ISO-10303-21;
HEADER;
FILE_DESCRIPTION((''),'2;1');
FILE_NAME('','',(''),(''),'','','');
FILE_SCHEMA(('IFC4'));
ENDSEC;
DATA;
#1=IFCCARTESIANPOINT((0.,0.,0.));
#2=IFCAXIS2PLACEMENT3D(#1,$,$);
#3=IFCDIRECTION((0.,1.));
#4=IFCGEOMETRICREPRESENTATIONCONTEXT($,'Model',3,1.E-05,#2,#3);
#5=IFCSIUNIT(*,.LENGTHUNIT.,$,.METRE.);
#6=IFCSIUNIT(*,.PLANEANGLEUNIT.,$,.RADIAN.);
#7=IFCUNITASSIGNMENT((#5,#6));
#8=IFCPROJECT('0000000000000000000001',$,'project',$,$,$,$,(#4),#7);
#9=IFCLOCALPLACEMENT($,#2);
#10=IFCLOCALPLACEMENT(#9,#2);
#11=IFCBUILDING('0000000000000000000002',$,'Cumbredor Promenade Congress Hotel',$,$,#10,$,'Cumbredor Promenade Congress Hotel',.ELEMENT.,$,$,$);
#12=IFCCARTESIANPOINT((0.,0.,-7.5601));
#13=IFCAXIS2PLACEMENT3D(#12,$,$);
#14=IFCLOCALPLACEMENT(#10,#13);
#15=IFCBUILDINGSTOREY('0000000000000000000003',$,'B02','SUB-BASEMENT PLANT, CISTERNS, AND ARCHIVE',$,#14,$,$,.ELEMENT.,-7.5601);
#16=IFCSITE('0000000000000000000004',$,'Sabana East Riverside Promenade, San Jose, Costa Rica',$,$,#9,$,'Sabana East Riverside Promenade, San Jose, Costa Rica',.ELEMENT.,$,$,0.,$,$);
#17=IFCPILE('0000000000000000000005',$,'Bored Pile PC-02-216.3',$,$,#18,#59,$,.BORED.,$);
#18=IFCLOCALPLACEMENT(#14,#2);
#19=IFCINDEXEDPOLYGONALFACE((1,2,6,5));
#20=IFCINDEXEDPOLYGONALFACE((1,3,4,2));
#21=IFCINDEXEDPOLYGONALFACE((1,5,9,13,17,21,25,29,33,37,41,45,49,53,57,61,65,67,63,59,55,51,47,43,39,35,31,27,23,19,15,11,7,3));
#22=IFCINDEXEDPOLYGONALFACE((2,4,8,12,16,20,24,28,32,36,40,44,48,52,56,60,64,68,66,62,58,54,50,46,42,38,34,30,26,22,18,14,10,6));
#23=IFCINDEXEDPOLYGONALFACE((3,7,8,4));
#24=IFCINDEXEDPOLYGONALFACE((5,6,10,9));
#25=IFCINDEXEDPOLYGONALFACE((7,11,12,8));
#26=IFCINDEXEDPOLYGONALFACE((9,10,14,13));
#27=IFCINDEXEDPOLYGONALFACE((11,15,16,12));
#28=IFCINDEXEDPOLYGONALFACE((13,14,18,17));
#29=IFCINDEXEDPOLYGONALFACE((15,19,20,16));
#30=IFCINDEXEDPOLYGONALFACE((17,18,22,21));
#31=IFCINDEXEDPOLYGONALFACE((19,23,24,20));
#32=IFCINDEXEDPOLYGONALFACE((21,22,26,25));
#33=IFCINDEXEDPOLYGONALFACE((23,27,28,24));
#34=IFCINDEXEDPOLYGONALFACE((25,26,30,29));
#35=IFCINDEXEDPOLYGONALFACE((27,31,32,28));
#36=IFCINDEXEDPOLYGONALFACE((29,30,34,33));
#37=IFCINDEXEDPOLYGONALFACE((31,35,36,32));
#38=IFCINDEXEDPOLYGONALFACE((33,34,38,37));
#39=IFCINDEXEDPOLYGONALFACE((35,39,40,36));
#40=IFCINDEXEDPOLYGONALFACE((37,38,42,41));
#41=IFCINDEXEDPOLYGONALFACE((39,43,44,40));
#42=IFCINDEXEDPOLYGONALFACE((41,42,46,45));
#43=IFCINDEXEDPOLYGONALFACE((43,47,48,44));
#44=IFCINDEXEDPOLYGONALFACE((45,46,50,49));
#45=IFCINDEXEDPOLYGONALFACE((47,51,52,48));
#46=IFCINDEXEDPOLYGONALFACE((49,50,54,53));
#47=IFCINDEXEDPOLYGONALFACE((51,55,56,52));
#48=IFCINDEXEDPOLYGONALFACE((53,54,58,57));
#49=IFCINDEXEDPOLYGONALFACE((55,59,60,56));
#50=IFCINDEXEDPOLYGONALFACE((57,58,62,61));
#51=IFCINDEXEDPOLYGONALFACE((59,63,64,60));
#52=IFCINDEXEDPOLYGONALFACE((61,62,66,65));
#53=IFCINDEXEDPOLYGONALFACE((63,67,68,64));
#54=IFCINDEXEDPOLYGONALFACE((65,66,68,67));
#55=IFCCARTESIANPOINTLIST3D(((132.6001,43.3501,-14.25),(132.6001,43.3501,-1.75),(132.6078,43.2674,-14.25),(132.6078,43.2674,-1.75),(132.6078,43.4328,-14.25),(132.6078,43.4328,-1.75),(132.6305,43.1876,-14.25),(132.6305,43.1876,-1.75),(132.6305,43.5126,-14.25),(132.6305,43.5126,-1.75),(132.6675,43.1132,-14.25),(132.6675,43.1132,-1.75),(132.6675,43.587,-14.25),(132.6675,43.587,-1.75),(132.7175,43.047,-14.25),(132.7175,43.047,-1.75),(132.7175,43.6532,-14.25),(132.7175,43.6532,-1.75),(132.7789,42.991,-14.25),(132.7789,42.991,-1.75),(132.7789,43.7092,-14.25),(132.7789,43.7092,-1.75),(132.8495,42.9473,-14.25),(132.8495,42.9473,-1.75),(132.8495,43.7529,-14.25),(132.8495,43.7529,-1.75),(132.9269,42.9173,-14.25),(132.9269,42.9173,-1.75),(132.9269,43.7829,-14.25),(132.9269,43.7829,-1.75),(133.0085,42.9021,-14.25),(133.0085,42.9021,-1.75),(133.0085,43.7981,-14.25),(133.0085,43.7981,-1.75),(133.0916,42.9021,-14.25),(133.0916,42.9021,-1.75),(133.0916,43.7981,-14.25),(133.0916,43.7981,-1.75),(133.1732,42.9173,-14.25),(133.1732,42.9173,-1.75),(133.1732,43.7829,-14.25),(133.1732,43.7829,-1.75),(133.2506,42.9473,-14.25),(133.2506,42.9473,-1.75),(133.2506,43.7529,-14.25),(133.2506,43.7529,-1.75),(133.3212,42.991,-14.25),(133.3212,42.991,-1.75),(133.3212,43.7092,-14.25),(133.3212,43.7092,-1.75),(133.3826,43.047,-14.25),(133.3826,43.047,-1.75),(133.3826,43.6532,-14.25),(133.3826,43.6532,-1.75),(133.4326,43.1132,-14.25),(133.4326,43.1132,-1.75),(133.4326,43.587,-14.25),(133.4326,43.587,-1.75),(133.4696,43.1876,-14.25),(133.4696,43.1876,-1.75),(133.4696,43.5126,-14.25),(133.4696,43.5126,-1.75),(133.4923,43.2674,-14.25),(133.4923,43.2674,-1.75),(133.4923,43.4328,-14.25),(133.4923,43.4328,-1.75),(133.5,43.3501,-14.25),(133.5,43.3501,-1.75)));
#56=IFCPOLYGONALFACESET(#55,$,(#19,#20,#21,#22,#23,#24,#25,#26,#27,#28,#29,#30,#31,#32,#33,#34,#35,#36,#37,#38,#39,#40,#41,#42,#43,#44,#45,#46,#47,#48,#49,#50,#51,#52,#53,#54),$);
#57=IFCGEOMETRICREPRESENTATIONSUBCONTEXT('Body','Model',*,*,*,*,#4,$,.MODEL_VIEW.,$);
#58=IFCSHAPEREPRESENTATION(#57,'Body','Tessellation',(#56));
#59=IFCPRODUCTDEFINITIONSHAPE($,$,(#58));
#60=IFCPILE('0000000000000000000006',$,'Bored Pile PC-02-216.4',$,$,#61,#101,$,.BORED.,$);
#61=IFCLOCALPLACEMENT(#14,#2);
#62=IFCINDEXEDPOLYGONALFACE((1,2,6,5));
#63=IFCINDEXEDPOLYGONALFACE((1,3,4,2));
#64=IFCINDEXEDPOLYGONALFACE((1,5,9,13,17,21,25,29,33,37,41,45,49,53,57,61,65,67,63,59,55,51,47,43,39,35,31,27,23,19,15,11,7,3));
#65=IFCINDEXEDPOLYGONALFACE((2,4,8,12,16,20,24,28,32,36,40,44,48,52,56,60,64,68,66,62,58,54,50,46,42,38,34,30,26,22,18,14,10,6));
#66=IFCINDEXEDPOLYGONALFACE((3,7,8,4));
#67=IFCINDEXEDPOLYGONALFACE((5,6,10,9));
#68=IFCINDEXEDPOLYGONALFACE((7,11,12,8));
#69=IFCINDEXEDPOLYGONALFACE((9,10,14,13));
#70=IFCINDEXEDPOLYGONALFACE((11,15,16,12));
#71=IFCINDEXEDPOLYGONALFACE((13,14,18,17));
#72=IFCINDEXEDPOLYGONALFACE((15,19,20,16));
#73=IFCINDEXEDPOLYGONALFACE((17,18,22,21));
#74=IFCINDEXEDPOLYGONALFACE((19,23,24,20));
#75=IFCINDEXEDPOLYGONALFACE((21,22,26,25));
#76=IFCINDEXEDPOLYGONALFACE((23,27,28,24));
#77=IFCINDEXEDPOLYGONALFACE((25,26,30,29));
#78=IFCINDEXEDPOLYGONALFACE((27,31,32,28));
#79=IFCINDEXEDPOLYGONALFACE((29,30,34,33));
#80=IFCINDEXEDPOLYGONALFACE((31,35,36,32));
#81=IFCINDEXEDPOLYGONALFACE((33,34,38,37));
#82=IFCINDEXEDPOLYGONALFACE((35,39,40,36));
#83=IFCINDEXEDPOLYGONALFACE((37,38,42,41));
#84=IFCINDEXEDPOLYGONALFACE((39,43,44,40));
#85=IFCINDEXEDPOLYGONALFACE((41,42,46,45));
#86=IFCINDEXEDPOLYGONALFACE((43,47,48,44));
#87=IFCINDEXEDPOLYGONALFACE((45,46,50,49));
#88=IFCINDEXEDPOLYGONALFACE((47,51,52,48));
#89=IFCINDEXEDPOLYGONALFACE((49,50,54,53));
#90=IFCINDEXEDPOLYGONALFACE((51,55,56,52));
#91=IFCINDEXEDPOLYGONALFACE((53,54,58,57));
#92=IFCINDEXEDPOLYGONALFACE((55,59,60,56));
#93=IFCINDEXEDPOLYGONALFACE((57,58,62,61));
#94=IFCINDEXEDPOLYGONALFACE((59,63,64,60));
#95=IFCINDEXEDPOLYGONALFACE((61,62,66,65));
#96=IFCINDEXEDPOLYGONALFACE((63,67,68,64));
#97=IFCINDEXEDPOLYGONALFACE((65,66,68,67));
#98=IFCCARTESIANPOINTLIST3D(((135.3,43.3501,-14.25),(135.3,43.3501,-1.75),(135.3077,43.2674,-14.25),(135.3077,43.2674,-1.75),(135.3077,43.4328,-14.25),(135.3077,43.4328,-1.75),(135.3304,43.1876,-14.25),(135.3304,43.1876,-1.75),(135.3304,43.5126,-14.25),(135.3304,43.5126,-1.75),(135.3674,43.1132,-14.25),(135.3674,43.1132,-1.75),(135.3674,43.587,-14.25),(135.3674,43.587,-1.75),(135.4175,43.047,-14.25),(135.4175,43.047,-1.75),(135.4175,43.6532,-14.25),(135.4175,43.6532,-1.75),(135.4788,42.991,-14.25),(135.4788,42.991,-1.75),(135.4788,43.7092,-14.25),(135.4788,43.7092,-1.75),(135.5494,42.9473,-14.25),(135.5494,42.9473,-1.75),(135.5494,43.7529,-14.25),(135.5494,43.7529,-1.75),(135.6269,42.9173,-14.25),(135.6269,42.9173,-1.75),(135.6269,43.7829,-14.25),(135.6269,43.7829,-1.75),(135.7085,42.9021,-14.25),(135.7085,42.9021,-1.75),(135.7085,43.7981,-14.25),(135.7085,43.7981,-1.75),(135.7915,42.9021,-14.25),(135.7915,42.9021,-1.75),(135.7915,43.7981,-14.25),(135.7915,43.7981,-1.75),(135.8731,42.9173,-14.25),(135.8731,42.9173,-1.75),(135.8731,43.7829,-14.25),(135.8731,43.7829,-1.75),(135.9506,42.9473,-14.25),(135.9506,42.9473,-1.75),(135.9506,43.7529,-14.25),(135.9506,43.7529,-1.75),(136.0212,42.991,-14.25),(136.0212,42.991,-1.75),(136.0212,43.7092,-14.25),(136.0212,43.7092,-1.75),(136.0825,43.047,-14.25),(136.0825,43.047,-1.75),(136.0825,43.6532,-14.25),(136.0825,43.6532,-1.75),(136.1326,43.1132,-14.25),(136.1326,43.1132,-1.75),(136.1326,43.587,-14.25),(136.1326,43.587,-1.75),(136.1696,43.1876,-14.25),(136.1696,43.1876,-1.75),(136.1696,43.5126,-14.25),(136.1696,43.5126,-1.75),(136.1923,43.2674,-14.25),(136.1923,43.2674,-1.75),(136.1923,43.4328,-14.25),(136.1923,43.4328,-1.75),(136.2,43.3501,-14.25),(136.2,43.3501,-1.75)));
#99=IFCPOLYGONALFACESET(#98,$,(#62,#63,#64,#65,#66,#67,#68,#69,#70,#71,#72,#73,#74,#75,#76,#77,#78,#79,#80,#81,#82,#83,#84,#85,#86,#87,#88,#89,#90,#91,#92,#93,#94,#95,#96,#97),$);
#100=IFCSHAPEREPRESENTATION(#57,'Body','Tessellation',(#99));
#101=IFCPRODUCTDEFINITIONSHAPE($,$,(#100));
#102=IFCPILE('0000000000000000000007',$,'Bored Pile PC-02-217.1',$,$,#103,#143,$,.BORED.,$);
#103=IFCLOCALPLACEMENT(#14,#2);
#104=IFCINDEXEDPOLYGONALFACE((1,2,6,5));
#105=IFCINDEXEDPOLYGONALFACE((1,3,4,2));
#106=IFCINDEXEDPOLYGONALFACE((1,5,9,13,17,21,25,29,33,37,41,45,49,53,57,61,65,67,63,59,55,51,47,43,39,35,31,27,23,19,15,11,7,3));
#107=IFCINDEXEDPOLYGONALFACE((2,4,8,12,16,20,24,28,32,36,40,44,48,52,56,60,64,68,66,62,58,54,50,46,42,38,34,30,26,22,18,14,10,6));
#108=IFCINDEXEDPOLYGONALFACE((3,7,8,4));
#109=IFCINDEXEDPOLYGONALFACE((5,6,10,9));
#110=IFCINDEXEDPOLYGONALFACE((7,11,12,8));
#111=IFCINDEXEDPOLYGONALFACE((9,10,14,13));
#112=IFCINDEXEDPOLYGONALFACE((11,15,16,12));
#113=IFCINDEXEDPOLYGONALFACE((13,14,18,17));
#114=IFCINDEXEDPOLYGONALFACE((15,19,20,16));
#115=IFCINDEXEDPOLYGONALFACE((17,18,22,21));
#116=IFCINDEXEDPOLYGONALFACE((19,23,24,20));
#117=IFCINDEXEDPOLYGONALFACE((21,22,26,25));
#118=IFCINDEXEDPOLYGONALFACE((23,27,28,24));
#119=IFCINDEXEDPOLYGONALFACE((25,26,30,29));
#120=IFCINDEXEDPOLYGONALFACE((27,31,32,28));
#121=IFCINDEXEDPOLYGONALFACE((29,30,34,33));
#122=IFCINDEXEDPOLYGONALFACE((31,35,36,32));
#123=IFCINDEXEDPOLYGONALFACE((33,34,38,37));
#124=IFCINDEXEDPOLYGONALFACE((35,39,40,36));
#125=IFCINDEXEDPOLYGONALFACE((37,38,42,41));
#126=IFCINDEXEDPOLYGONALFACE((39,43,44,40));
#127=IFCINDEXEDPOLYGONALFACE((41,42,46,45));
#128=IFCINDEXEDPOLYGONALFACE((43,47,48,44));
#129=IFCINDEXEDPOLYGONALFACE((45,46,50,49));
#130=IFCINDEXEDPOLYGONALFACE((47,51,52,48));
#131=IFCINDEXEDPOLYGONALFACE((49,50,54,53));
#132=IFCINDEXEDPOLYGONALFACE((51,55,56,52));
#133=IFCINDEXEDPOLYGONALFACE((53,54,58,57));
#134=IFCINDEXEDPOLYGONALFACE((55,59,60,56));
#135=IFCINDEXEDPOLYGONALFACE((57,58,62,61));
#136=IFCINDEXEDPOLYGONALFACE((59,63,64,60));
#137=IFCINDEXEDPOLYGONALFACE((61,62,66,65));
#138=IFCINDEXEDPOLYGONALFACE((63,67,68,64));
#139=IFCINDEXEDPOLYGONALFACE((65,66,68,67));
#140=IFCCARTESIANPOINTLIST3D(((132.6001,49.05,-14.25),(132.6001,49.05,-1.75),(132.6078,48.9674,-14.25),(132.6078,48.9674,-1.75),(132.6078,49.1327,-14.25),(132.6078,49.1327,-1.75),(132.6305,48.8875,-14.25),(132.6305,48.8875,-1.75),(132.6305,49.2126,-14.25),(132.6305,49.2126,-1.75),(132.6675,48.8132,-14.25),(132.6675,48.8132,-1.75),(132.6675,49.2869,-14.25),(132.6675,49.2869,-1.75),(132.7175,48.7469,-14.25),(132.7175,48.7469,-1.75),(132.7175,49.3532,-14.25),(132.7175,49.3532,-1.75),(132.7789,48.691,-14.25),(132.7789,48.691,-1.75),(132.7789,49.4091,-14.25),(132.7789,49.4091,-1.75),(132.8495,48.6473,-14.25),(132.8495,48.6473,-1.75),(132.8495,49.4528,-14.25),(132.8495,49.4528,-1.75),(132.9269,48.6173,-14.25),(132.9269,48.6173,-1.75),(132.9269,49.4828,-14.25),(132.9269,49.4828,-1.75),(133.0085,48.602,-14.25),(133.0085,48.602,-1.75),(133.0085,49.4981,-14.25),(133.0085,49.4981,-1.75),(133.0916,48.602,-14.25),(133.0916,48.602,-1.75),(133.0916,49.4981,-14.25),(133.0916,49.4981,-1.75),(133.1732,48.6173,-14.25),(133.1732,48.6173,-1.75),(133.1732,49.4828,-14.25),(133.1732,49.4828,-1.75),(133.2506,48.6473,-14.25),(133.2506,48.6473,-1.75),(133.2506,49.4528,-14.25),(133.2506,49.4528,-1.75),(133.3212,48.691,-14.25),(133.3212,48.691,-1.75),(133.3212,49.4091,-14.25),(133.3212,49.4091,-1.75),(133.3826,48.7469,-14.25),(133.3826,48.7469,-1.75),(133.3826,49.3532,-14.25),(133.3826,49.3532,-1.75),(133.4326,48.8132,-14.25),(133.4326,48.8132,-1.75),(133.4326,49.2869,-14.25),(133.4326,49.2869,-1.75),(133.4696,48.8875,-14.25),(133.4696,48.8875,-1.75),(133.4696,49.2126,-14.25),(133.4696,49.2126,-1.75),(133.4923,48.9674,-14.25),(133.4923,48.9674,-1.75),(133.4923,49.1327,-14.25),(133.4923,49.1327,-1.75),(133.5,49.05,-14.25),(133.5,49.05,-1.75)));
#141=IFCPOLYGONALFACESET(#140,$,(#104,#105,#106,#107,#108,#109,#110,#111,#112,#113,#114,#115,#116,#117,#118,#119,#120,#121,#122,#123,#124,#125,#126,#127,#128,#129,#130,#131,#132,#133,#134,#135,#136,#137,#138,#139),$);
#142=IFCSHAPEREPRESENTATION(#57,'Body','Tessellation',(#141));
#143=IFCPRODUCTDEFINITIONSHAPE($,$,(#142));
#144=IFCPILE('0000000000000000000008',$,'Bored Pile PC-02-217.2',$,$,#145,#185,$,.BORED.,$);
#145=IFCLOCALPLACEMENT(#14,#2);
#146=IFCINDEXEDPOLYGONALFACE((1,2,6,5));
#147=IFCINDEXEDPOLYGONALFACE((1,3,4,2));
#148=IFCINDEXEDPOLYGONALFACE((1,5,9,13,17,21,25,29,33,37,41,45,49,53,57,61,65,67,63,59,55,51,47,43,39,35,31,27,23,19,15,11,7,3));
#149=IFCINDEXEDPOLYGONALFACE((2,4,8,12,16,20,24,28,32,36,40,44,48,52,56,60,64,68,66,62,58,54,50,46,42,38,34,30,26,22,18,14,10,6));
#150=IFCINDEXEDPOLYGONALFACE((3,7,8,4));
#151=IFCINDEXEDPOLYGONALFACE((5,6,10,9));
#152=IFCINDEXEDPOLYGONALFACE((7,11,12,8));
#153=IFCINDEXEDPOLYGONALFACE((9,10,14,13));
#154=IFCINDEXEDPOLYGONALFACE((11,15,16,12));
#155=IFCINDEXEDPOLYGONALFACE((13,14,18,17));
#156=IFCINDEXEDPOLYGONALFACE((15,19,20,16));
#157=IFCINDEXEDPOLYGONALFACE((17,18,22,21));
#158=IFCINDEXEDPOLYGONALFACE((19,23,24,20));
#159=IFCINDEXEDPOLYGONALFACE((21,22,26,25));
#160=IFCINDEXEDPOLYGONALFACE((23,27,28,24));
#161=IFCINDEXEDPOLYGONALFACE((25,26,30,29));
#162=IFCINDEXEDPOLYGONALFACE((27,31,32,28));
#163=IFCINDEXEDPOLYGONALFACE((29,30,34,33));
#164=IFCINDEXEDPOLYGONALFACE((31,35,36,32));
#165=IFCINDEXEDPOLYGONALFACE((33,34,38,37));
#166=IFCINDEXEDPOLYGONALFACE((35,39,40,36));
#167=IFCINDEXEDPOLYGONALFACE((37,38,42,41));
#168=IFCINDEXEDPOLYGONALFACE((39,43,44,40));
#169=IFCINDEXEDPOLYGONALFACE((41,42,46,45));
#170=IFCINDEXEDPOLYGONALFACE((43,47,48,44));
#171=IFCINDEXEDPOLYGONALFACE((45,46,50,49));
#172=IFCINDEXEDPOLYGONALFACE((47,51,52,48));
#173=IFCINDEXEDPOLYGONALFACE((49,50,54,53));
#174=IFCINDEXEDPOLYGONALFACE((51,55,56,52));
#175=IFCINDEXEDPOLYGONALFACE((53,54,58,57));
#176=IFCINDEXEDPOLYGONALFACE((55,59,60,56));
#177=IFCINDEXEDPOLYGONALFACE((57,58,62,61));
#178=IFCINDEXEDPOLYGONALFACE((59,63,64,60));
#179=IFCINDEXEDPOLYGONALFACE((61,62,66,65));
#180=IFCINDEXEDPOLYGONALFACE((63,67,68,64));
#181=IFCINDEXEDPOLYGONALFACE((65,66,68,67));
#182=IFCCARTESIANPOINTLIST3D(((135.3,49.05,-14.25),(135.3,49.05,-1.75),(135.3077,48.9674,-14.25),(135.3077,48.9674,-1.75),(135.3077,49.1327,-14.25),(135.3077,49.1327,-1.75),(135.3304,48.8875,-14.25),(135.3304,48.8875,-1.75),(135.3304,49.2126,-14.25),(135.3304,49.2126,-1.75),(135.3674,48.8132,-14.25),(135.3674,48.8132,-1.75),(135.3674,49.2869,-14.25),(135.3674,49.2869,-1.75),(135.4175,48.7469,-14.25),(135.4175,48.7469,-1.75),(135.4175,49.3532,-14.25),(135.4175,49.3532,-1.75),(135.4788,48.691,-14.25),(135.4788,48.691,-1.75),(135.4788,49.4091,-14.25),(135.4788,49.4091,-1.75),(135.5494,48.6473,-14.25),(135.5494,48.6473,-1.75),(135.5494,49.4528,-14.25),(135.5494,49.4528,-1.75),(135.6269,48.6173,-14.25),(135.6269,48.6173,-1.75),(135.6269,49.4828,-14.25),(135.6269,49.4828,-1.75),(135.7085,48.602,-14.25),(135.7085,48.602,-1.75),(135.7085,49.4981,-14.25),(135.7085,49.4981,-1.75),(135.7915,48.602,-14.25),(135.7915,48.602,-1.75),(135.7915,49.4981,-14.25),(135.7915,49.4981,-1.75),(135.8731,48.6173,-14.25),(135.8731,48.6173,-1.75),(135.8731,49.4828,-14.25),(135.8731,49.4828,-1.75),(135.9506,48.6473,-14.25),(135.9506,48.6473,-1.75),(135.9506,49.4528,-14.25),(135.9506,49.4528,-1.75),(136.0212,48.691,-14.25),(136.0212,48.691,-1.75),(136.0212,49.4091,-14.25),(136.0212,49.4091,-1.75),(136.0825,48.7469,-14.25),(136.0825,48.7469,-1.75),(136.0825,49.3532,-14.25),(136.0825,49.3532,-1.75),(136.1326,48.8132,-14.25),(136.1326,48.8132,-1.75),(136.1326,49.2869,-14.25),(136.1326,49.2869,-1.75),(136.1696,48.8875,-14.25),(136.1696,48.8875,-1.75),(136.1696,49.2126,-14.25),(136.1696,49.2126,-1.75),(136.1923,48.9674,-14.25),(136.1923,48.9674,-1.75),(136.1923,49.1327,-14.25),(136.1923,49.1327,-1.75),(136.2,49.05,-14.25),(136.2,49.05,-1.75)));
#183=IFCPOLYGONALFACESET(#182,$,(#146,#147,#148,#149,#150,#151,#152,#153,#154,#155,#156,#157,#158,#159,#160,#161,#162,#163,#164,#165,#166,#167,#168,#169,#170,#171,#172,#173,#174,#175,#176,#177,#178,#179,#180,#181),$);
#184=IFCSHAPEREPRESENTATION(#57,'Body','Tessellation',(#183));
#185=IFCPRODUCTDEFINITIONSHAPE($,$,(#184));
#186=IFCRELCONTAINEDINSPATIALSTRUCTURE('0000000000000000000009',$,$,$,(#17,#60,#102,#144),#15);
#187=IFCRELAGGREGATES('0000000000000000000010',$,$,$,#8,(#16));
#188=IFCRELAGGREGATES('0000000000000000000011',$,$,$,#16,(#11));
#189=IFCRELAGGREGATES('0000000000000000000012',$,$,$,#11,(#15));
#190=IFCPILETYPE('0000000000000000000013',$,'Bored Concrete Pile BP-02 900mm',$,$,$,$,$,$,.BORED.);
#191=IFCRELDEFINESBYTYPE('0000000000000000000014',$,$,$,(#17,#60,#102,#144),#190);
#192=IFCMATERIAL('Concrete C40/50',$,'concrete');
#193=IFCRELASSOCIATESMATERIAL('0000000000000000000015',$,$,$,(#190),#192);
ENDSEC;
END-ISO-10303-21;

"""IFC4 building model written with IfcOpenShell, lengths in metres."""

from ifc_helpers import new_model, si_unit, direction, frame, origin, origin_2d, place, context, subcontext, project, spatial, circle, extrude, material, material_profile, profile_set, type_object, element, save


model = new_model("IFC4")

# Units and contexts
model_context = context("Model", 3, precision=1e-05, world=origin(), true_north=direction((0.0, 1.0)))
body_context = subcontext(model_context, "Body", "Model", "MODEL_VIEW")
ifc_project = project(units=[si_unit("LENGTHUNIT", "METRE"), si_unit("PLANEANGLEUNIT", "RADIAN")], contexts=[model_context])

# Site, building, storey
site_placement = place(None, origin())
site = spatial("IfcSite", under=ifc_project, at=site_placement, Name="Sabana East Riverside Promenade, San Jose, Costa Rica", LongName="Sabana East Riverside Promenade, San Jose, Costa Rica", CompositionType="ELEMENT", RefElevation=0.0)
building_placement = place(site_placement, origin())
building = spatial("IfcBuilding", under=site, at=building_placement, Name="Cumbredor Promenade Congress Hotel", LongName="Cumbredor Promenade Congress Hotel", CompositionType="ELEMENT")
storey_placement = place(building_placement, frame((0.0, 0.0, -7.5601)))
storey = spatial("IfcBuildingStorey", under=building, at=storey_placement, Name="B02", Description="SUB-BASEMENT PLANT, CISTERNS, AND ARCHIVE", CompositionType="ELEMENT", Elevation=-7.5601)

# Piles
ifc_material_1 = material(Name="Concrete C40/50", Category="concrete")
ifc_material_profile_1 = material_profile(ifc_material_1, circle(Radius=0.45, at=origin_2d()), Name="PILE D900")
ifc_profile_set_1 = profile_set([ifc_material_profile_1], Name="Concrete C40/50")
pile_type = type_object("IfcPileType", Name="Bored Concrete Pile BP-02 900mm", PredefinedType="BORED", material=ifc_profile_set_1)
for number, where, z_axis, x_axis, name in (
    (1, (133.05, 43.3501, -1.75), (0.0, 0.0, -1.0), (1.0, 0.0, 0.0), "Bored Pile PC-02-216.3"),
    (2, (135.75, 43.3501, -1.75), (0.0, 0.0, -1.0), (1.0, 0.0, 0.0), "Bored Pile PC-02-216.4"),
    (3, (133.05, 49.05, -1.75), (0.0, 0.0, -1.0), (1.0, 0.0, 0.0), "Bored Pile PC-02-217.1"),
    (4, (135.75, 49.05, -1.75), (0.0, 0.0, -1.0), (1.0, 0.0, 0.0), "Bored Pile PC-02-217.2"),
):
    element("IfcPile", number, at=place(storey_placement, frame(where, z_axis=z_axis, x_axis=x_axis)), inside=storey, type_object=pile_type, Name=name, PredefinedType="BORED", context=body_context, shape_type="SweptSolid", body=[
        extrude(circle(Radius=0.45, at=origin_2d()), origin(), (0.0, 0.0, 1.0), 12.5),
    ])

save(model, "model.ifc")
